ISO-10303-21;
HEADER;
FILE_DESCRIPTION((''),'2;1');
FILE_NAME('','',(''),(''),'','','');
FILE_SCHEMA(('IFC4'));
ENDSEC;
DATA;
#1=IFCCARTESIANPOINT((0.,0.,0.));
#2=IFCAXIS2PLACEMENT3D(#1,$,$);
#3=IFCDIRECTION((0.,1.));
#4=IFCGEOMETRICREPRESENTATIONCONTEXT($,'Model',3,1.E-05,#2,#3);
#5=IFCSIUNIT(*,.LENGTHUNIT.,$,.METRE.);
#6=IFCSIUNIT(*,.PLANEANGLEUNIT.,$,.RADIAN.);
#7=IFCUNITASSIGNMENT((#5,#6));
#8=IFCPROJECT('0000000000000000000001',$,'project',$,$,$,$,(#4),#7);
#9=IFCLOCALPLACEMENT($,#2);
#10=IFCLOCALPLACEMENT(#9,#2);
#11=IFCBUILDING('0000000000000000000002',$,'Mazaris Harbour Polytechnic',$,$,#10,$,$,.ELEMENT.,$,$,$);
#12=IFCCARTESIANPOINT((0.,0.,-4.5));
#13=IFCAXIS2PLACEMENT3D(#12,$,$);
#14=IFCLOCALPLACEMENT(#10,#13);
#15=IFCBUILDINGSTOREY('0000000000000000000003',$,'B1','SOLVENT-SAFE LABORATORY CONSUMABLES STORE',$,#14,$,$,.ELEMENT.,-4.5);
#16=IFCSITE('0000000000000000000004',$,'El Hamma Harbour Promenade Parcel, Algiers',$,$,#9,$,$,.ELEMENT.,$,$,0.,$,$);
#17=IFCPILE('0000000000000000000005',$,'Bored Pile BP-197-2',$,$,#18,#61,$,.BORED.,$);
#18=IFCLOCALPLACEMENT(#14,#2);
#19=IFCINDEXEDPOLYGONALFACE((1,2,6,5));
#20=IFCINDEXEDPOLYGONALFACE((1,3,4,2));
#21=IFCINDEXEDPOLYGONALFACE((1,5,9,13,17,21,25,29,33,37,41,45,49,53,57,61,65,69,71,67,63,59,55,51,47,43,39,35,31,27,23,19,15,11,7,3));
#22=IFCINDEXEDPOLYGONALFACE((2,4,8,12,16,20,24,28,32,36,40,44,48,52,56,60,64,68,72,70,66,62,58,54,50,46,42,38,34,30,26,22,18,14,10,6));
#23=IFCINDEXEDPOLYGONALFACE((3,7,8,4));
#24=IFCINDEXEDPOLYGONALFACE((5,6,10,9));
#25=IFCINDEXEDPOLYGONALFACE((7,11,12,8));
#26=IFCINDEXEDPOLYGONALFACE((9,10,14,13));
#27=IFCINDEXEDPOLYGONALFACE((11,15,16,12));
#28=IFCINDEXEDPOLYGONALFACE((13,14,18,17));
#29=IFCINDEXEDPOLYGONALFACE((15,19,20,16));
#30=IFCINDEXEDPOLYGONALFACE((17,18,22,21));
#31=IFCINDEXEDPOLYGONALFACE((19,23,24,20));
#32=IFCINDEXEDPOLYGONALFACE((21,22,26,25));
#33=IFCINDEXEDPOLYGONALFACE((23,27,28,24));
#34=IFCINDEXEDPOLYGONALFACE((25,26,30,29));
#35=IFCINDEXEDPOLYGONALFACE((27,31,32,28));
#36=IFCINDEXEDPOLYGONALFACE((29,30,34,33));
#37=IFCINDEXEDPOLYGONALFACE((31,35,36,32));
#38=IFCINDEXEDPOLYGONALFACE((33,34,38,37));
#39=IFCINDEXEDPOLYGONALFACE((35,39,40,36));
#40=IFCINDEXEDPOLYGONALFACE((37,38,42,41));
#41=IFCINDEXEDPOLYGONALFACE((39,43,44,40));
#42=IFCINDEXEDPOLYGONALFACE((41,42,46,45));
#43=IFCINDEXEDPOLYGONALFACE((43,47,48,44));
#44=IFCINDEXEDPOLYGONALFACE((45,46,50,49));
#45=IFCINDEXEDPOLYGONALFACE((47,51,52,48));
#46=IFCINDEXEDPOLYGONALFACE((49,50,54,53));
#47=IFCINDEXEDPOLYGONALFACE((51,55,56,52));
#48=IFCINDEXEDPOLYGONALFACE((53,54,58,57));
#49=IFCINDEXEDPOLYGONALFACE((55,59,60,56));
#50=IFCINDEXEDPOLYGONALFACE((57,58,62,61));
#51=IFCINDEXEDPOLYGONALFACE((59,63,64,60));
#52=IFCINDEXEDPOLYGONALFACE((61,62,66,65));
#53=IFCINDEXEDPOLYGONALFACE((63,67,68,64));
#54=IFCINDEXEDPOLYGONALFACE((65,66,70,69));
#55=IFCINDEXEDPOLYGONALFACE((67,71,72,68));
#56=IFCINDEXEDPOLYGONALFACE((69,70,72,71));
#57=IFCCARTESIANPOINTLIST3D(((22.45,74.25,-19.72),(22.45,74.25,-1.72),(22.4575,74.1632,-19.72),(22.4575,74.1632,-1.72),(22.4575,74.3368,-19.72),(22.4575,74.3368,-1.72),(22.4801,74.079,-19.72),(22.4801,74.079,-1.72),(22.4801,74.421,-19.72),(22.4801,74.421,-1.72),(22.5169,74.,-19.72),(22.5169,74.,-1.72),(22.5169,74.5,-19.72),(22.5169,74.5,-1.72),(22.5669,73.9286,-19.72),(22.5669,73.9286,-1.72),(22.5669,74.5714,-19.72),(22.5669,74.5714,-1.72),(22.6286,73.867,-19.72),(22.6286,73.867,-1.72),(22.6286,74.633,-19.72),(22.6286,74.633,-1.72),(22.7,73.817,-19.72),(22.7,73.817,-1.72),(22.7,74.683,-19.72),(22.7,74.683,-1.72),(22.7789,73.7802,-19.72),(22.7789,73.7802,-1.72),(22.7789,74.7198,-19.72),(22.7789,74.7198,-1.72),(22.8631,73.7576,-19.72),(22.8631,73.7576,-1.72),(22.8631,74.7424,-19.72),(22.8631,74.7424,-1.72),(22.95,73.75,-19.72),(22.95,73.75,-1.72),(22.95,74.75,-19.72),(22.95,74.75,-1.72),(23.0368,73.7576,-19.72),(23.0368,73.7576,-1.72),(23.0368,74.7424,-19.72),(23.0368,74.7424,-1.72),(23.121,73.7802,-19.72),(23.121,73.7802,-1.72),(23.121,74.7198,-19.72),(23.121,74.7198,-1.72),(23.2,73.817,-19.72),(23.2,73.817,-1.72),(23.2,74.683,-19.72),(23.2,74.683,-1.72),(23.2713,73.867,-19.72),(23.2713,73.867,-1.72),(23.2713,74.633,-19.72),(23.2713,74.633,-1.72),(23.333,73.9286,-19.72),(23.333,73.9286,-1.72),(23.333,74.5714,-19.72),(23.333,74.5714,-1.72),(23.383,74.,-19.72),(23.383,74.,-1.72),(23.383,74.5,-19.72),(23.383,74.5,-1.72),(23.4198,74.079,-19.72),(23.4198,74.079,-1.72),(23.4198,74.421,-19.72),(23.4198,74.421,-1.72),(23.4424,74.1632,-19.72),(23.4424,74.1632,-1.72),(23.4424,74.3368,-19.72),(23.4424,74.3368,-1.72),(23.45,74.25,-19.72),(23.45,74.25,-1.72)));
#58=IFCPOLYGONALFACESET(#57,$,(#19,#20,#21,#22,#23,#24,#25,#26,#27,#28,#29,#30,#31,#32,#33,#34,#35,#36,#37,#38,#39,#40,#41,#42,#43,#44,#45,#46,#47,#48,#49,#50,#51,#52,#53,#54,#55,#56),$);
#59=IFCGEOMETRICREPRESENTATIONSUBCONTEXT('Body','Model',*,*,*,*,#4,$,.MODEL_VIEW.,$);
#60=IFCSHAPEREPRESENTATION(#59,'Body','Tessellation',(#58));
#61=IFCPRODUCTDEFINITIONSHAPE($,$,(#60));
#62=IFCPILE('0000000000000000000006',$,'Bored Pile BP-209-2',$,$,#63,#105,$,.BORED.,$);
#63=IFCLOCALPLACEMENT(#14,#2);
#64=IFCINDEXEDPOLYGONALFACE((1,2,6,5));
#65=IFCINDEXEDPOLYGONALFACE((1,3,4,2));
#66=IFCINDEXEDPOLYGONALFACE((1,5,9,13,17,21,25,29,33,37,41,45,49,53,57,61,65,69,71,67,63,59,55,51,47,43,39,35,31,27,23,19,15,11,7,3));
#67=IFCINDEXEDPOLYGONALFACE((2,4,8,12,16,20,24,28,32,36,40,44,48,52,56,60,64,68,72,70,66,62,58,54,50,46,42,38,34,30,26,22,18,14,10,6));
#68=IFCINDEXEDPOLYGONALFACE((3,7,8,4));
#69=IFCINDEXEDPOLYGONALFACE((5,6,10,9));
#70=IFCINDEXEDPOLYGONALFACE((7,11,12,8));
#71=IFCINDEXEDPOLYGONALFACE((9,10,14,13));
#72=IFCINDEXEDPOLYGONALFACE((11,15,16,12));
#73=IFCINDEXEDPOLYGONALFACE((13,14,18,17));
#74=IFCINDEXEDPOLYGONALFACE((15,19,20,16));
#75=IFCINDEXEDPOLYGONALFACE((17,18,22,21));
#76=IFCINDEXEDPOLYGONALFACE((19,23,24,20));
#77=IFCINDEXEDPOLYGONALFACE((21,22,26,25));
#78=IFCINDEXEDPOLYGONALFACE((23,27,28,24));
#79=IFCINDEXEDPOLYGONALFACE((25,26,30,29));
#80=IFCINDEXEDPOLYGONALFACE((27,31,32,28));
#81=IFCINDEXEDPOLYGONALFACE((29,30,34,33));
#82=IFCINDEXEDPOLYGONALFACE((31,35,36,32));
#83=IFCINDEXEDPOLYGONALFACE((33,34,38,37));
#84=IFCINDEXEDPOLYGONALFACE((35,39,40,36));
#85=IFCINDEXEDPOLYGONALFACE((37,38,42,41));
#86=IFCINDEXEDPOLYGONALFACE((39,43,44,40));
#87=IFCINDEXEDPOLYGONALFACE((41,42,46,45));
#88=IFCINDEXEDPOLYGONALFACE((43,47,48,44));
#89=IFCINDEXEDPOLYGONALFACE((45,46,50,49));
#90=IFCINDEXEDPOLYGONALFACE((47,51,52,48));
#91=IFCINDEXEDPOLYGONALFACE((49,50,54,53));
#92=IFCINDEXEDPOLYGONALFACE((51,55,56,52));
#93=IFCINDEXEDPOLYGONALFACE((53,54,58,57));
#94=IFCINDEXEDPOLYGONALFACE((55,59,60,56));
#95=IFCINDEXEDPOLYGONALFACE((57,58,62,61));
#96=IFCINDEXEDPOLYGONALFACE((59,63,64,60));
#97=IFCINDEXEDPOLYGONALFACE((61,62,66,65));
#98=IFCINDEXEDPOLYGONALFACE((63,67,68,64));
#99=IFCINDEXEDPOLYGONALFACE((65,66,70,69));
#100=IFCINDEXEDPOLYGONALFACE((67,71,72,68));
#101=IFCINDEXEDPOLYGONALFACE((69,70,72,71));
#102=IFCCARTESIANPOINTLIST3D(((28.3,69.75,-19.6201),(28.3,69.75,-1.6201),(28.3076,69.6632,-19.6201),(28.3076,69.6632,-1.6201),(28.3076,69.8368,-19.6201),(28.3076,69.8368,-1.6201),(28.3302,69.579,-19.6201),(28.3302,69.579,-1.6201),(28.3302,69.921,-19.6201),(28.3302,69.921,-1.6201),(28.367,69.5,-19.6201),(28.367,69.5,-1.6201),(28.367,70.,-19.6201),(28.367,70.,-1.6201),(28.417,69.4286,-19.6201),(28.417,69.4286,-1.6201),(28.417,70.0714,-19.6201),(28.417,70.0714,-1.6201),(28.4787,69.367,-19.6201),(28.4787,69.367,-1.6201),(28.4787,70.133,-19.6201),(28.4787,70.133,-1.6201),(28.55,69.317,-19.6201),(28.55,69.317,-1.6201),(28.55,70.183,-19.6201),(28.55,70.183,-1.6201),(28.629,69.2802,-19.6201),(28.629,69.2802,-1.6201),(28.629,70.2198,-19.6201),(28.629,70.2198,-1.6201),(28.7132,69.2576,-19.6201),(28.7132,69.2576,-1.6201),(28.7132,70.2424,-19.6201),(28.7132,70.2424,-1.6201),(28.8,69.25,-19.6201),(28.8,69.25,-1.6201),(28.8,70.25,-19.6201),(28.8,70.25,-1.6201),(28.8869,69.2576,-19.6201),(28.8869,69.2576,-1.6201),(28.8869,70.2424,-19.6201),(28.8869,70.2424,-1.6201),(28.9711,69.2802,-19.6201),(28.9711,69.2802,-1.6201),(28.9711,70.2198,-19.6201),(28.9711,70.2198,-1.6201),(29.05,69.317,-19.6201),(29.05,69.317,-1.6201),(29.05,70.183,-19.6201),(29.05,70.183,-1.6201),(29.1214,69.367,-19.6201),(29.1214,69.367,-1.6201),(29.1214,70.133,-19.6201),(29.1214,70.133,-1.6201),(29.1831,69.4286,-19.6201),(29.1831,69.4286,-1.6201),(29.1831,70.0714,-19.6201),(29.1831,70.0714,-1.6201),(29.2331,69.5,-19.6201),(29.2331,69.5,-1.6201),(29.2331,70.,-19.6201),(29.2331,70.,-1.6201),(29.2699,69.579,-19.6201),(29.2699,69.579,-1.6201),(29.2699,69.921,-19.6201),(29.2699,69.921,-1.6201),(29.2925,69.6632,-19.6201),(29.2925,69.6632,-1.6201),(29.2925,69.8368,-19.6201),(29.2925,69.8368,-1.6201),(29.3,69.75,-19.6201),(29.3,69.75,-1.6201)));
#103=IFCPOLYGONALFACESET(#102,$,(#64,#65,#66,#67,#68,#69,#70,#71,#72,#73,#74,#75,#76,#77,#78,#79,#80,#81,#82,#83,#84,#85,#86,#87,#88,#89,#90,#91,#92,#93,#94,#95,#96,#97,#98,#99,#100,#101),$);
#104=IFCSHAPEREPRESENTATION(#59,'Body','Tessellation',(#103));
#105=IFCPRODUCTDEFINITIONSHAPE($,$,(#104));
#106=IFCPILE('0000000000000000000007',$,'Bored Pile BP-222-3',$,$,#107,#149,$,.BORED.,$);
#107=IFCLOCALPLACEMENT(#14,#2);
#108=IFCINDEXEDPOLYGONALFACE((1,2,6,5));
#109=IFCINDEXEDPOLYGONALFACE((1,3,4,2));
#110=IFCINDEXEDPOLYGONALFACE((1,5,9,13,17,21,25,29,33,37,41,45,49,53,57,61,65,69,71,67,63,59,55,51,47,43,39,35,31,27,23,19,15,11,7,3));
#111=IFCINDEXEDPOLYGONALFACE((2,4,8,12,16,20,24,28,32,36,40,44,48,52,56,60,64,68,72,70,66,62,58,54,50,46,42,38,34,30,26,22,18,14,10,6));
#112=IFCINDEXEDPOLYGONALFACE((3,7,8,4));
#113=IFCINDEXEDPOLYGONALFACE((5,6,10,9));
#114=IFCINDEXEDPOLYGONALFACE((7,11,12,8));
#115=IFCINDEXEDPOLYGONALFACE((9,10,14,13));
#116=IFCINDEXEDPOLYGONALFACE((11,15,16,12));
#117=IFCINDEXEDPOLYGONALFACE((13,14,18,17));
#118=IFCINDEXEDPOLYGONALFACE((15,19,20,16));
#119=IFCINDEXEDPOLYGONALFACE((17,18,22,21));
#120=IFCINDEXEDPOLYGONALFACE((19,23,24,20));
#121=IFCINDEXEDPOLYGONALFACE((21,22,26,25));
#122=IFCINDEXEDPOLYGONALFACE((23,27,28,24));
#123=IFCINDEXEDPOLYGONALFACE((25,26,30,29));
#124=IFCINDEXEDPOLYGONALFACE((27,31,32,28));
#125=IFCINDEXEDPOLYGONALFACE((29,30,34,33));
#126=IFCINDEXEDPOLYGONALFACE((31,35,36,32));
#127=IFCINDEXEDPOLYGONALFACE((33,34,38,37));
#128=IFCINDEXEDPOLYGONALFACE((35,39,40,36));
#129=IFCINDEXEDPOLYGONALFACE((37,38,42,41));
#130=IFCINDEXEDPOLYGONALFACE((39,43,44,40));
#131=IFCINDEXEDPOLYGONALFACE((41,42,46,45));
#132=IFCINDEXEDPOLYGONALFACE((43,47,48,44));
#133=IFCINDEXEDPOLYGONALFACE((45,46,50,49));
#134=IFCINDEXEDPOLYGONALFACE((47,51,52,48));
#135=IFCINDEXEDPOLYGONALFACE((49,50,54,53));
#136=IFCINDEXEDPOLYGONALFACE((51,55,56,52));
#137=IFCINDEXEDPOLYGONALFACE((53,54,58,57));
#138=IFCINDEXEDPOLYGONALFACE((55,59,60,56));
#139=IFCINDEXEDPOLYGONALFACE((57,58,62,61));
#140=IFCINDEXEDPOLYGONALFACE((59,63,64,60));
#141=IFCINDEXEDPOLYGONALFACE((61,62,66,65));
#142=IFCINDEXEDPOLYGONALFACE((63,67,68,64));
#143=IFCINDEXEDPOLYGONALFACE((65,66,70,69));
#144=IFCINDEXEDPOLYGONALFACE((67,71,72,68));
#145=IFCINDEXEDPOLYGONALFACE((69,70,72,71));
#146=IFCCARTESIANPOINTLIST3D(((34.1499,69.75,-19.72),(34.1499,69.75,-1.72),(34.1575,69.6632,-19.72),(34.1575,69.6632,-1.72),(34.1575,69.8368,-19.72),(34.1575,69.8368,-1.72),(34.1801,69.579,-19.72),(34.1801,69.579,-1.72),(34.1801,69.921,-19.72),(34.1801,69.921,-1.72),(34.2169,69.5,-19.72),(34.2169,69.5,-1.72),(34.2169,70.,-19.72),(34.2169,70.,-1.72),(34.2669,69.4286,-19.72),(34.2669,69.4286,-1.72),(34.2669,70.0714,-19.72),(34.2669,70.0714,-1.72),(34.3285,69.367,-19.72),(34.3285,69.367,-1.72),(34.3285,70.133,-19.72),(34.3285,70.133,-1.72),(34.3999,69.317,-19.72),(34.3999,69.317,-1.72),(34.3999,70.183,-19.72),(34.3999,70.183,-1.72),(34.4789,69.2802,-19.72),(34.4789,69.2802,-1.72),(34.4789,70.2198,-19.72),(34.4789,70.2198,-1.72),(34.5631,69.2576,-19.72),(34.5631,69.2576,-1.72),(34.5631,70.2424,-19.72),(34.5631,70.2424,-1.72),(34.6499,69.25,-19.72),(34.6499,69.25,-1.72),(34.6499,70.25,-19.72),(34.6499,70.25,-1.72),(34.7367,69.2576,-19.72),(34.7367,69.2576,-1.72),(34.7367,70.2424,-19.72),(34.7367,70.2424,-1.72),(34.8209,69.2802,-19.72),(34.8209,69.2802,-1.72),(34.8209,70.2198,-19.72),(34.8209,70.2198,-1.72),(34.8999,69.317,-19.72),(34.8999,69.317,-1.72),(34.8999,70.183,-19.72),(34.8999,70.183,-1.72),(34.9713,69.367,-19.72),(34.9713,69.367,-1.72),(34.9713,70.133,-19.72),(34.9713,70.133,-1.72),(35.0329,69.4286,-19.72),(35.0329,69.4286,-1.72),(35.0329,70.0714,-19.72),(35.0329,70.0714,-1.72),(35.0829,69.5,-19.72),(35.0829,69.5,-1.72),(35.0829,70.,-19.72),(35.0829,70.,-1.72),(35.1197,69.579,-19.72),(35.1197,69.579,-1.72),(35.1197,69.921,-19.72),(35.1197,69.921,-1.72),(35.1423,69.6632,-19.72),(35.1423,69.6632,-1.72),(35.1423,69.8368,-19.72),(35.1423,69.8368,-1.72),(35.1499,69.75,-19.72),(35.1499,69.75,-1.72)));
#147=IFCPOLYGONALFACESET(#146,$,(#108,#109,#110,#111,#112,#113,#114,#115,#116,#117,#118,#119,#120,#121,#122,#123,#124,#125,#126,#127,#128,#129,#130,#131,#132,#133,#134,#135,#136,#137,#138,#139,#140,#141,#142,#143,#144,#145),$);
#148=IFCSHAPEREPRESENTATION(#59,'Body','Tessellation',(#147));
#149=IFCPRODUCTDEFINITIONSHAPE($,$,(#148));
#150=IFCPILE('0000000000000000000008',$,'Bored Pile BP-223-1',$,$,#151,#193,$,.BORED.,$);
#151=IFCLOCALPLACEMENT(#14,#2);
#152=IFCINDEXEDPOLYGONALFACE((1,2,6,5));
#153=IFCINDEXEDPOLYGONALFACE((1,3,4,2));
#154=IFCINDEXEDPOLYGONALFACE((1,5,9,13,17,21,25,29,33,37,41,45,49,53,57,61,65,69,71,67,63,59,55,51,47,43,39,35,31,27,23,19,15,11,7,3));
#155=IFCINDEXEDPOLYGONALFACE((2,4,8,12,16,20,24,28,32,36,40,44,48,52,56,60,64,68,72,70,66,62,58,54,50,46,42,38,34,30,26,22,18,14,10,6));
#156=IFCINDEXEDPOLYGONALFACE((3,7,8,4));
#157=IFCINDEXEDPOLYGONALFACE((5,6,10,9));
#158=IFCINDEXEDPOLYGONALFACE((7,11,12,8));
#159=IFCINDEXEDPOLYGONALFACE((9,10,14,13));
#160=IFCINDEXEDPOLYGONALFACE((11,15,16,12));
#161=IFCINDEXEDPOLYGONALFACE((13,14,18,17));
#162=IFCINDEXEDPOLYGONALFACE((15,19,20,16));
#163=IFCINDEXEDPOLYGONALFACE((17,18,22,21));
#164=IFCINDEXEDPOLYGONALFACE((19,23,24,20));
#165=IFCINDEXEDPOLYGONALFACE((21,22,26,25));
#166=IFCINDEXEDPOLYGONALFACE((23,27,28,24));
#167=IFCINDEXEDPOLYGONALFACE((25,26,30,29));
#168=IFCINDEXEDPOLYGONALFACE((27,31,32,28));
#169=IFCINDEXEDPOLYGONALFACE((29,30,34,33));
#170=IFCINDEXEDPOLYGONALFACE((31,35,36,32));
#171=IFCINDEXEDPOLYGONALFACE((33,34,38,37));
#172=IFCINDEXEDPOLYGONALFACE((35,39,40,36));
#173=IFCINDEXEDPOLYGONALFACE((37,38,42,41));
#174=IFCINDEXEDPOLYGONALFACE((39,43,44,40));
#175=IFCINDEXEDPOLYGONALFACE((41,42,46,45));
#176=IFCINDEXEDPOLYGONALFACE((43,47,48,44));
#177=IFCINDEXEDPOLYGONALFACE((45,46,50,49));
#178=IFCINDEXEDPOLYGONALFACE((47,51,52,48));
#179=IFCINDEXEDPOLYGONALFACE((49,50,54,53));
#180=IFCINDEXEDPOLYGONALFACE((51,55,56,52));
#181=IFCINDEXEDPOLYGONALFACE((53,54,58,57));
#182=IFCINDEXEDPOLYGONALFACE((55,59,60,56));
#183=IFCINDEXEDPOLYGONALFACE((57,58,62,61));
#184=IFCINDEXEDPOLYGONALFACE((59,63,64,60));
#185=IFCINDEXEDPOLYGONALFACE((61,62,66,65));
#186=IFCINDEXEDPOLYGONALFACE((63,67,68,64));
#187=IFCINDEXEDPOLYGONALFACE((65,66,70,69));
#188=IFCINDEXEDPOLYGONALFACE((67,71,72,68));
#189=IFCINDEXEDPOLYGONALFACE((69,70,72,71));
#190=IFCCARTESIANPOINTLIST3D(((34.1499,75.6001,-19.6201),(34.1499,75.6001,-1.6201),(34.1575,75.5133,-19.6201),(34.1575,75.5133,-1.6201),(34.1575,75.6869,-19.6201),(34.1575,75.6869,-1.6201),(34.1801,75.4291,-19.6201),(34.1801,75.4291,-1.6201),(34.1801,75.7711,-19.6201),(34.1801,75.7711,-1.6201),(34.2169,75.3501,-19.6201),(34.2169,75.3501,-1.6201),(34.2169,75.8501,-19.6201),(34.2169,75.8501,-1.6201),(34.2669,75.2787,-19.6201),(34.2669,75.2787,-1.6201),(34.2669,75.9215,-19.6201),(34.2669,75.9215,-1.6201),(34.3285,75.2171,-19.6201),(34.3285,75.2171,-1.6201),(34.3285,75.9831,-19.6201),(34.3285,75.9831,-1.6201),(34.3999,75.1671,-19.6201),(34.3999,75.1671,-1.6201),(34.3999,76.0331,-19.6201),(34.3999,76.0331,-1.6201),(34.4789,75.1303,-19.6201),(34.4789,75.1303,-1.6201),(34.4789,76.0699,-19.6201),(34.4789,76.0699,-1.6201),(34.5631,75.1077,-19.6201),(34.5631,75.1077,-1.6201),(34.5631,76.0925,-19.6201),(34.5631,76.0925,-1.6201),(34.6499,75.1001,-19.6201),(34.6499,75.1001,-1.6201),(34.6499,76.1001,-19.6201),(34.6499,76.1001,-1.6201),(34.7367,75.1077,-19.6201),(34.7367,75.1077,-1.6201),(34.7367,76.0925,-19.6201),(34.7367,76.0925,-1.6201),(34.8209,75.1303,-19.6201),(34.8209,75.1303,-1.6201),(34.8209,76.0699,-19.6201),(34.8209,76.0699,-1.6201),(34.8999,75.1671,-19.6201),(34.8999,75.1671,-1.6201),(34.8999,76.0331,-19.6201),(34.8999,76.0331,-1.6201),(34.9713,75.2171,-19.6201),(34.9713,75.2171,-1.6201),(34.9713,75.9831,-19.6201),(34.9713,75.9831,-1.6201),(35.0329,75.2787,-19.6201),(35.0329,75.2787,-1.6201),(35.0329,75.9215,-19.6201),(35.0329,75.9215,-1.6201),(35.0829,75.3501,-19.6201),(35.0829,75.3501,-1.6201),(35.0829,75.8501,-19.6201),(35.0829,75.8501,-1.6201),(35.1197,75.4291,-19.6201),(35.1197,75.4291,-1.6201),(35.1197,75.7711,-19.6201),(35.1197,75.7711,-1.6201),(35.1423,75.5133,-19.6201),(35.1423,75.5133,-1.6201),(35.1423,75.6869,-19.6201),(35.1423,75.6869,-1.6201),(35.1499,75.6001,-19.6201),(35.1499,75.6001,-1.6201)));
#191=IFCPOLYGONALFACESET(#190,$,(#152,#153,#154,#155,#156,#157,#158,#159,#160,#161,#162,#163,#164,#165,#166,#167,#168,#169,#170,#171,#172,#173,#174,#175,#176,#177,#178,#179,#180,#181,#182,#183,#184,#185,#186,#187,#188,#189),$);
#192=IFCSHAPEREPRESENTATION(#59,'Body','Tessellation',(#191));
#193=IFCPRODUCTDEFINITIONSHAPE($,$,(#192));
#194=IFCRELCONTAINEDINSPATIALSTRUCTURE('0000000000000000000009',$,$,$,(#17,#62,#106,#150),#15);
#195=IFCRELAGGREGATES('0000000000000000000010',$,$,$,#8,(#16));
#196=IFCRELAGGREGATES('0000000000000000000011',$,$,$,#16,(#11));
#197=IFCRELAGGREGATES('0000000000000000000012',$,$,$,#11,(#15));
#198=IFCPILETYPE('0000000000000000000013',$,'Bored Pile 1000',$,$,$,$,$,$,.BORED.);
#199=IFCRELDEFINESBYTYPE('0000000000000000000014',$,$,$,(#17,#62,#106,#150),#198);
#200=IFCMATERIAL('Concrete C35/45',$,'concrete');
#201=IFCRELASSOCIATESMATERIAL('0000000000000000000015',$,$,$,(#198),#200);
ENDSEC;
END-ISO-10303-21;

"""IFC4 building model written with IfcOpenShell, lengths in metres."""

from ifc_helpers import new_model, si_unit, direction, frame, origin, origin_2d, place, context, subcontext, project, spatial, circle, extrude, material, material_profile, profile_set, type_object, element, save


model = new_model("IFC4")

# Units and contexts
model_context = context("Model", 3, precision=1e-05, world=origin(), true_north=direction((0.0, 1.0)))
body_context = subcontext(model_context, "Body", "Model", "MODEL_VIEW")
ifc_project = project(units=[si_unit("LENGTHUNIT", "METRE"), si_unit("PLANEANGLEUNIT", "RADIAN")], contexts=[model_context])

# Site, building, storey
site_placement = place(None, origin())
site = spatial("IfcSite", under=ifc_project, at=site_placement, Name="El Hamma Harbour Promenade Parcel, Algiers", CompositionType="ELEMENT", RefElevation=0.0)
building_placement = place(site_placement, origin())
building = spatial("IfcBuilding", under=site, at=building_placement, Name="Mazaris Harbour Polytechnic", CompositionType="ELEMENT")
storey_placement = place(building_placement, frame((0.0, 0.0, -4.5)))
storey = spatial("IfcBuildingStorey", under=building, at=storey_placement, Name="B1", Description="SOLVENT-SAFE LABORATORY CONSUMABLES STORE", CompositionType="ELEMENT", Elevation=-4.5)

# Piles
ifc_material_1 = material(Name="Concrete C35/45", Category="concrete")
ifc_material_profile_1 = material_profile(ifc_material_1, circle(Radius=0.5, at=origin_2d()), Name="DIA1000")
ifc_profile_set_1 = profile_set([ifc_material_profile_1], Name="Concrete C35/45")
pile_type_1 = type_object("IfcPileType", Name="Bored Pile 1000", PredefinedType="BORED", material=ifc_profile_set_1)
for number, where, z_axis, x_axis, name in (
    (1, (22.95, 74.25, -1.72), (0.0, 0.0, -1.0), (1.0, 0.0, 0.0), "Bored Pile BP-197-2"),
    (2, (28.8, 69.75, -1.6201), (0.0, 0.0, -1.0), (1.0, 0.0, 0.0), "Bored Pile BP-209-2"),
    (3, (34.6499, 69.75, -1.72), (0.0, 0.0, -1.0), (1.0, 0.0, 0.0), "Bored Pile BP-222-3"),
    (4, (34.6499, 75.6001, -1.6201), (0.0, 0.0, -1.0), (1.0, 0.0, 0.0), "Bored Pile BP-223-1"),
):
    element("IfcPile", number, at=place(storey_placement, frame(where, z_axis=z_axis, x_axis=x_axis)), inside=storey, type_object=pile_type_1, Name=name, PredefinedType="BORED", context=body_context, shape_type="SweptSolid", body=[
        extrude(circle(Radius=0.5, at=origin_2d()), origin(), (0.0, 0.0, 1.0), 18.0),
    ])

save(model, "model.ifc")
